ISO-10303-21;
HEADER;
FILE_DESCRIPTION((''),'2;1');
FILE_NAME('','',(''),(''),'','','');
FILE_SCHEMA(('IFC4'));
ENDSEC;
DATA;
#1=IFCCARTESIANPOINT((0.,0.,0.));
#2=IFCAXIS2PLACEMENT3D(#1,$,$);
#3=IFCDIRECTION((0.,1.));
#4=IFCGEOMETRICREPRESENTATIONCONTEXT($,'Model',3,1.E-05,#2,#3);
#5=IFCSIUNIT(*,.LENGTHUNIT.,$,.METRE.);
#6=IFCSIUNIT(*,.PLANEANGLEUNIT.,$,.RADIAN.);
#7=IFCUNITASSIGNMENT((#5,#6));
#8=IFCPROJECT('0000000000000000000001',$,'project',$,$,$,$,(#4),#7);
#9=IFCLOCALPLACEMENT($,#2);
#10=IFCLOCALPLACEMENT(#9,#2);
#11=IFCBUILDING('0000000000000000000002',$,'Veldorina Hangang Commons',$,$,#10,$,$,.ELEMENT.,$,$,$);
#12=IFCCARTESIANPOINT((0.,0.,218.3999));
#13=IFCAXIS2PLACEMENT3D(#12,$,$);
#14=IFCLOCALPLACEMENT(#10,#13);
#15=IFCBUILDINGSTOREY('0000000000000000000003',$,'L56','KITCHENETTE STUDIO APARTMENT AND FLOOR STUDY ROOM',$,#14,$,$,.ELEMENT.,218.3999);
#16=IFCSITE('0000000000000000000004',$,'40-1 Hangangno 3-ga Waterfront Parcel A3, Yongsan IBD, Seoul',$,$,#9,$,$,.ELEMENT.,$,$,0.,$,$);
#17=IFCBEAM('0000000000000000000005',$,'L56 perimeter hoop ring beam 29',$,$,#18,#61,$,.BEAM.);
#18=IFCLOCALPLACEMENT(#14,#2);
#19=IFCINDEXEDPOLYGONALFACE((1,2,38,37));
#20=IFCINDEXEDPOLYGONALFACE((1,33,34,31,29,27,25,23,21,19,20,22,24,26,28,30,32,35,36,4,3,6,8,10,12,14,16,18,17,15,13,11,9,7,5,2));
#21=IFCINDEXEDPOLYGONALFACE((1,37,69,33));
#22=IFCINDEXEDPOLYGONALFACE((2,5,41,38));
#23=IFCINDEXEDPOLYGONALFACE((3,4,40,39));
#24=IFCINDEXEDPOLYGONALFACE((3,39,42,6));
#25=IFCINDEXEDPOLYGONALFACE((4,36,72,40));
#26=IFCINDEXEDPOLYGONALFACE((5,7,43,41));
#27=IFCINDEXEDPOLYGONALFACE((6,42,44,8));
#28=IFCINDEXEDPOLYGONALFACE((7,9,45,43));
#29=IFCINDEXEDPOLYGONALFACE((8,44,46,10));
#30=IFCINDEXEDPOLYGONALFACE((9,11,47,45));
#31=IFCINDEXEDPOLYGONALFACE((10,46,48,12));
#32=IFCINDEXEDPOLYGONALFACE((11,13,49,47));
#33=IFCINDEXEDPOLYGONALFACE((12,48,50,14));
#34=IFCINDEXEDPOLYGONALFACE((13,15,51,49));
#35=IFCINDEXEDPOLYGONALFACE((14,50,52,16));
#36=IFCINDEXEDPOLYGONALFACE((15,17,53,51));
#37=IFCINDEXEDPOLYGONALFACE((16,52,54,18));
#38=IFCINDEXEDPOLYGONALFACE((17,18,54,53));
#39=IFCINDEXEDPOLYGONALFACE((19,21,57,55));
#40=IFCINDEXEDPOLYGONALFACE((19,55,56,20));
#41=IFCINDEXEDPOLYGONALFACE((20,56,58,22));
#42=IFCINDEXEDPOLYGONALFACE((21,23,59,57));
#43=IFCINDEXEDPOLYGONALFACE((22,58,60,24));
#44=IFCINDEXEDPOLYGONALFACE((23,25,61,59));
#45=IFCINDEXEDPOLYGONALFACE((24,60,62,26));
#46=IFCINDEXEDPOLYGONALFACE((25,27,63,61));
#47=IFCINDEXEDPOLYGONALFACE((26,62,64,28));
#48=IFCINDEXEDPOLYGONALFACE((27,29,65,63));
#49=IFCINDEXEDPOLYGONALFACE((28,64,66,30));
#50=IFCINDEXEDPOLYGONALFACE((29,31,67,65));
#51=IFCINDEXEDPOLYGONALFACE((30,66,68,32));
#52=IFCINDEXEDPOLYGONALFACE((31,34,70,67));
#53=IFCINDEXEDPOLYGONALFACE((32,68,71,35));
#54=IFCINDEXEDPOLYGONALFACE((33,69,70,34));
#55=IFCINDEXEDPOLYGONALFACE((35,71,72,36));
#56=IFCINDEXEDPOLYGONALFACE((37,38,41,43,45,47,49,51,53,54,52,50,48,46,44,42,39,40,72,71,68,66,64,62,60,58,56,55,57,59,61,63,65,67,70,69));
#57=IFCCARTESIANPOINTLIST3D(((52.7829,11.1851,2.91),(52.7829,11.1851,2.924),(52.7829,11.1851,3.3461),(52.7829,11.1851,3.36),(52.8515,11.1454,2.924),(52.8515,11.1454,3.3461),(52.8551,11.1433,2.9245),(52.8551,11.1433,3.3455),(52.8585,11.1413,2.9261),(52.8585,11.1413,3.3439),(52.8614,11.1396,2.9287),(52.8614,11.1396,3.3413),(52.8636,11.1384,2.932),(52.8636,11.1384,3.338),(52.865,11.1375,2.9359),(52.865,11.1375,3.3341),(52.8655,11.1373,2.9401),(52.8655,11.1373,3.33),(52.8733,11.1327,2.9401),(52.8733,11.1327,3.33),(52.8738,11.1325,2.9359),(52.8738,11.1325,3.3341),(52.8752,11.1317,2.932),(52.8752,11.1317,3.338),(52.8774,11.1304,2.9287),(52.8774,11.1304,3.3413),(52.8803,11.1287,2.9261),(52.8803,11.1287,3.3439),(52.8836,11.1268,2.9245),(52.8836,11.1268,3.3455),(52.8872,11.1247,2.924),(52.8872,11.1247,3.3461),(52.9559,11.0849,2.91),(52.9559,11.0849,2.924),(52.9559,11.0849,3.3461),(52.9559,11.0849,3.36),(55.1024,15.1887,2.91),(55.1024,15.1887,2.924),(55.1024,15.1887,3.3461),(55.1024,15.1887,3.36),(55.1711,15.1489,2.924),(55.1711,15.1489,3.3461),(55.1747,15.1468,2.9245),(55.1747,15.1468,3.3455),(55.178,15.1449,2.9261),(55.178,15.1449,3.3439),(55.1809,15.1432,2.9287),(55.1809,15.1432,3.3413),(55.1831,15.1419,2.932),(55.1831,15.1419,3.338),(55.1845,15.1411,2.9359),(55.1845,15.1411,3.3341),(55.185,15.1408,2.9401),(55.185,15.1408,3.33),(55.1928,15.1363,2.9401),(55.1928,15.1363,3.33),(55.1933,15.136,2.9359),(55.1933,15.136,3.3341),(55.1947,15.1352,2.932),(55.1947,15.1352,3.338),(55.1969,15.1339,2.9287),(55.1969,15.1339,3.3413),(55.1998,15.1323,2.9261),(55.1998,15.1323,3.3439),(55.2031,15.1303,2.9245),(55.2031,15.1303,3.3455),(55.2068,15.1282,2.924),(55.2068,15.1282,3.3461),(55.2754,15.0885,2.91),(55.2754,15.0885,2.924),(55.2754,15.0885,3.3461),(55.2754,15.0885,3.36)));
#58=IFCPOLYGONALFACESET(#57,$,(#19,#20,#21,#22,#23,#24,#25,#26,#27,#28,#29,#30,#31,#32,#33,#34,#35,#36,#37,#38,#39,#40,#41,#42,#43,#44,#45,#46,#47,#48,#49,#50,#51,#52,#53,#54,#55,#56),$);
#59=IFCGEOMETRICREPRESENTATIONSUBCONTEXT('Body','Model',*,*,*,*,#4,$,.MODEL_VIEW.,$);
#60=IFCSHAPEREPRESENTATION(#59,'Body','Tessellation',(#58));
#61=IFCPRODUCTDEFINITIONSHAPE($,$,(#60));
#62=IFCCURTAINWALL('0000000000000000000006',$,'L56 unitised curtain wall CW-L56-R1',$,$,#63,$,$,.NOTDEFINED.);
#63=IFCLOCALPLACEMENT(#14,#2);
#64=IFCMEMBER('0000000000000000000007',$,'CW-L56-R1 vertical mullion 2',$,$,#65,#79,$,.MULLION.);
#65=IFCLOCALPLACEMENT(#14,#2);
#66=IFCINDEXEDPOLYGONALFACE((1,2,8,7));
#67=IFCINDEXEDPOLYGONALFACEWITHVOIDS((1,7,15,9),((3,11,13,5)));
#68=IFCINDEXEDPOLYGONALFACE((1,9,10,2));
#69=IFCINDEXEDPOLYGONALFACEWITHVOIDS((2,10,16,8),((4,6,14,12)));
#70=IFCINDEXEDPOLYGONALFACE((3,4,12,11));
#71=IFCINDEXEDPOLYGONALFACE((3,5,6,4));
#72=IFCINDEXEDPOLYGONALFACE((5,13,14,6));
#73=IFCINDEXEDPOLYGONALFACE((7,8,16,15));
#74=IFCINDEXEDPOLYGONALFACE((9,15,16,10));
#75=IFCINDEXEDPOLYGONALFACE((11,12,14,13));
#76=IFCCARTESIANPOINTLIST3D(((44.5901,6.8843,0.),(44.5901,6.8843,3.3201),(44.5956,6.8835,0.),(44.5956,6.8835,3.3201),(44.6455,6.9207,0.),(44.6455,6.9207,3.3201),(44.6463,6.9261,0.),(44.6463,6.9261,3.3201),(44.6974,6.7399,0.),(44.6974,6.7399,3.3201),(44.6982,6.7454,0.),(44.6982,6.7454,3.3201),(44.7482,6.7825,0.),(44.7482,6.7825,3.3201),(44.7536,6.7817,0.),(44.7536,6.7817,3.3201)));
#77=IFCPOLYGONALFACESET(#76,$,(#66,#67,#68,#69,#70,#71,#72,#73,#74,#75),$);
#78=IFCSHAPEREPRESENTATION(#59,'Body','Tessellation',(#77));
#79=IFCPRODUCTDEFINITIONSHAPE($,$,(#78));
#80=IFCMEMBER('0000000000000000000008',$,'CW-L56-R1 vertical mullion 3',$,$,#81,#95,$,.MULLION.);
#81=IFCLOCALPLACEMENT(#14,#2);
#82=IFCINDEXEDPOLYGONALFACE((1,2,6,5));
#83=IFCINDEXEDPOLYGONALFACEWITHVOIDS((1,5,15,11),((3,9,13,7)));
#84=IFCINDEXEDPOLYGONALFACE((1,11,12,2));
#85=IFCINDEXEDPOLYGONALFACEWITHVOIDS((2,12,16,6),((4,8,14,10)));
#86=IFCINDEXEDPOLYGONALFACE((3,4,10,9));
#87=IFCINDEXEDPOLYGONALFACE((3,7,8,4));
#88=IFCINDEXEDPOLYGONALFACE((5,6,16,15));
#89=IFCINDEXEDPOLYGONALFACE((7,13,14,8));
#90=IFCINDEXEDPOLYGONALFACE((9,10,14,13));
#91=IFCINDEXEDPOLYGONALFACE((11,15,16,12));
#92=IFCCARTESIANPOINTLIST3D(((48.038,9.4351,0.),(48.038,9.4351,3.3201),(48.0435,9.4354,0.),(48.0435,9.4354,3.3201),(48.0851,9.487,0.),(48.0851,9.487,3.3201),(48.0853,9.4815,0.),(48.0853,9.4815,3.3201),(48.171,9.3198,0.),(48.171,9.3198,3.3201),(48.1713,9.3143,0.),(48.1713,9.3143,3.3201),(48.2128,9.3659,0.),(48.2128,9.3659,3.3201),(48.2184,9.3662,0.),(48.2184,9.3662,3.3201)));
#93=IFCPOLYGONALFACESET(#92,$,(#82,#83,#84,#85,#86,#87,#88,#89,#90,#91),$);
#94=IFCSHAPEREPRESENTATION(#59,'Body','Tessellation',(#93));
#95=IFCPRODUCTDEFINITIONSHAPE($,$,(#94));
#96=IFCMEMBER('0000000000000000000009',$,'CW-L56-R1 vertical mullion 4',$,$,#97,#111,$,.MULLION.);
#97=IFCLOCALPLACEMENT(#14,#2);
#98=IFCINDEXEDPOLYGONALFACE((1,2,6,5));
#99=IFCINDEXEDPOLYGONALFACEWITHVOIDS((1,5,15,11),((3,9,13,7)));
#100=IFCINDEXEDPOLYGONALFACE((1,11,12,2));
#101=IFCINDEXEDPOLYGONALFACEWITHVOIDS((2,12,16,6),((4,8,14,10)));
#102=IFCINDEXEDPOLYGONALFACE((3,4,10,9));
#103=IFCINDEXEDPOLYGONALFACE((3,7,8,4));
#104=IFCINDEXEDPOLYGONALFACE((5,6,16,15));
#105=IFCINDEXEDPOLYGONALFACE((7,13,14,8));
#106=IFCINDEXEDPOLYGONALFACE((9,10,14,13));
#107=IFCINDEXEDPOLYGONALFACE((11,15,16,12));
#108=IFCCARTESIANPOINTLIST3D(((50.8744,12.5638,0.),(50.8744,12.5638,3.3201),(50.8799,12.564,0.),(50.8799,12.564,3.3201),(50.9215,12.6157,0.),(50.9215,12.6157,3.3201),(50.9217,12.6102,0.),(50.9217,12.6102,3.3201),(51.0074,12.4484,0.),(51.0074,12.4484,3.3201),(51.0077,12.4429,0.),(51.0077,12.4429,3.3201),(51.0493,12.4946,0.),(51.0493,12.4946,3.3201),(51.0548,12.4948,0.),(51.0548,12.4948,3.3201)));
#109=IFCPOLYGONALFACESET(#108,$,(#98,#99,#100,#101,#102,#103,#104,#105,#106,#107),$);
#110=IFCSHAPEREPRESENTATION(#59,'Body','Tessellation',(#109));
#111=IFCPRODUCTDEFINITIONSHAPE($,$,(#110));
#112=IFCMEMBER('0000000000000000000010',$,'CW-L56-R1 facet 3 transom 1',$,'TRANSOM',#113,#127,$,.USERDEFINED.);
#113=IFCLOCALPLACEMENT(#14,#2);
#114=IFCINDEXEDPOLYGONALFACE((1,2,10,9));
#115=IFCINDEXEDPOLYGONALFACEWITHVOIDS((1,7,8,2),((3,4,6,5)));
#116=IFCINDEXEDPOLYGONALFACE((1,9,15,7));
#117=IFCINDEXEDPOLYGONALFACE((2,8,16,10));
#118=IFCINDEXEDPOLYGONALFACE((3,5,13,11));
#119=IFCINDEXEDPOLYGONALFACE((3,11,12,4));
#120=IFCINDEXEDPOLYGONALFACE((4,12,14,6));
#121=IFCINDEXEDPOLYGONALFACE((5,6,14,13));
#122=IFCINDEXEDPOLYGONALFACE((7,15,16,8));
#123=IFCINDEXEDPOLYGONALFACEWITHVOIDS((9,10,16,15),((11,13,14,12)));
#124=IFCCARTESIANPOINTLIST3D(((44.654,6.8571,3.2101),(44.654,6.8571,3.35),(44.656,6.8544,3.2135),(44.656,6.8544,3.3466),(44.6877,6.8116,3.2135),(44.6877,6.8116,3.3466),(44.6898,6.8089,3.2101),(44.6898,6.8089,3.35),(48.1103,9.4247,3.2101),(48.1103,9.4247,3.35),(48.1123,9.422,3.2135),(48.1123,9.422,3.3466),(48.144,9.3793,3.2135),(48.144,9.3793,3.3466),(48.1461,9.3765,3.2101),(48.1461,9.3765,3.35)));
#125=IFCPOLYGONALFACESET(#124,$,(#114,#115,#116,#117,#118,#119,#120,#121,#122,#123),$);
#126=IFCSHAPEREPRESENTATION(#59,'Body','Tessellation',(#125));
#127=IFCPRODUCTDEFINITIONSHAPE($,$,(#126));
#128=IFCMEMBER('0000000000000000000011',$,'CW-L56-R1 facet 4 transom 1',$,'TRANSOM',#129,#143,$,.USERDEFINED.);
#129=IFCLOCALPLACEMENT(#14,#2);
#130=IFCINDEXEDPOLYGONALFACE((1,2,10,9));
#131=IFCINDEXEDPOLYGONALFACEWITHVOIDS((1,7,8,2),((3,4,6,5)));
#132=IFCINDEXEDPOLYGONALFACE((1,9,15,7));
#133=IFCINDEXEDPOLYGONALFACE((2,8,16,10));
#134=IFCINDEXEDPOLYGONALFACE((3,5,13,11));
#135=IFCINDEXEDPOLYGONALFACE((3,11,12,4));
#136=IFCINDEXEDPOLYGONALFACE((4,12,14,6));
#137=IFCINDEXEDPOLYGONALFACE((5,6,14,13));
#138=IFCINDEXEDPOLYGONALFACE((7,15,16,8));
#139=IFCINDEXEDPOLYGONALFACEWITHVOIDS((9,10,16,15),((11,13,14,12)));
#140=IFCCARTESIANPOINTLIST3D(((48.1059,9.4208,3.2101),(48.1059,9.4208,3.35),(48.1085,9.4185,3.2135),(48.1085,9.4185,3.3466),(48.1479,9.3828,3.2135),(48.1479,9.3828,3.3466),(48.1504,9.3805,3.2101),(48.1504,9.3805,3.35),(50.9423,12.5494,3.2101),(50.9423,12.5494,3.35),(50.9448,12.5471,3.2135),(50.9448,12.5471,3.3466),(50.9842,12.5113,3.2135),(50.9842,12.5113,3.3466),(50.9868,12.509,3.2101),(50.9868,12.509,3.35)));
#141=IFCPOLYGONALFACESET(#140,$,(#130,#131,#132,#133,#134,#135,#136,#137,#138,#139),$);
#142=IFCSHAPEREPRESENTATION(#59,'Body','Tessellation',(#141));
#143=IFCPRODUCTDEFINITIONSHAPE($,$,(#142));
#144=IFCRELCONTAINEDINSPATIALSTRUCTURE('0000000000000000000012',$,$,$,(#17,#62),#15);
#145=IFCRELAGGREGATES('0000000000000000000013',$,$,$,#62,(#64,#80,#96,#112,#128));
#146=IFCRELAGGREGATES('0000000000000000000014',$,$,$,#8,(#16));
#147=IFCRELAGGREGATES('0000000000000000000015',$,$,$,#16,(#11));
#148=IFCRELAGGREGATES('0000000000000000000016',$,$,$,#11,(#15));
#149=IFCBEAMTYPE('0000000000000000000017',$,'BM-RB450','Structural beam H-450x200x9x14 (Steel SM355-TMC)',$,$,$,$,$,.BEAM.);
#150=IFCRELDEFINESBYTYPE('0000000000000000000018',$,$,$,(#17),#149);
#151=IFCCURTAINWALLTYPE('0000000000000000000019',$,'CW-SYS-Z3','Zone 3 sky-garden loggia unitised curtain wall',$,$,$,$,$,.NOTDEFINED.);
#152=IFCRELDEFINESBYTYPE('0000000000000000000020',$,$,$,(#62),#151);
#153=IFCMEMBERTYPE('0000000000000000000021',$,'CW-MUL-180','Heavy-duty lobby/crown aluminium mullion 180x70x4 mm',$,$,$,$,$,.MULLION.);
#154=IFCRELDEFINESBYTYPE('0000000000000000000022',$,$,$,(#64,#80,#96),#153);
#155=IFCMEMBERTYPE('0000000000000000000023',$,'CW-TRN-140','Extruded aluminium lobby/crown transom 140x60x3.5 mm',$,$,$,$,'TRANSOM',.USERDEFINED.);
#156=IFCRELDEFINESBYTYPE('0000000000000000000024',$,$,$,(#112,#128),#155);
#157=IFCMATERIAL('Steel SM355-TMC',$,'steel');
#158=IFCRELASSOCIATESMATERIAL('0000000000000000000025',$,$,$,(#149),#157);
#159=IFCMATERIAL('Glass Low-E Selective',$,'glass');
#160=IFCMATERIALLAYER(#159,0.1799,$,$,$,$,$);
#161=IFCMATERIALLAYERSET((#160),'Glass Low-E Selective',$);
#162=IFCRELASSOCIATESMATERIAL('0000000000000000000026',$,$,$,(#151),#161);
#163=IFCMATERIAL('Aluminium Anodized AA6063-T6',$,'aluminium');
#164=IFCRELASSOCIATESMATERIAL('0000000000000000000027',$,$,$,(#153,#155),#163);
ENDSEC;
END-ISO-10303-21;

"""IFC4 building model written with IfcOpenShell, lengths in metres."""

from ifc_helpers import new_model, si_unit, direction, frame, origin, origin_2d, place, context, subcontext, project, spatial, hollow_rectangle, i_section, extrude, material, layer, layer_set, material_profile, profile_set, type_object, element, aggregate, save


model = new_model("IFC4")

# Units and contexts
model_context = context("Model", 3, precision=1e-05, world=origin(), true_north=direction((0.0, 1.0)))
body_context = subcontext(model_context, "Body", "Model", "MODEL_VIEW")
ifc_project = project(units=[si_unit("LENGTHUNIT", "METRE"), si_unit("PLANEANGLEUNIT", "RADIAN")], contexts=[model_context])

# Site, building, storey
site_placement = place(None, origin())
site = spatial("IfcSite", under=ifc_project, at=site_placement, Name="40-1 Hangangno 3-ga Waterfront Parcel A3, Yongsan IBD, Seoul", CompositionType="ELEMENT", RefElevation=0.0)
building_placement = place(site_placement, origin())
building = spatial("IfcBuilding", under=site, at=building_placement, Name="Veldorina Hangang Commons", CompositionType="ELEMENT")
storey_placement = place(building_placement, frame((0.0, 0.0, 218.3999)))
storey = spatial("IfcBuildingStorey", under=building, at=storey_placement, Name="L56", Description="KITCHENETTE STUDIO APARTMENT AND FLOOR STUDY ROOM", CompositionType="ELEMENT", Elevation=218.3999)

# Beam
ifc_material_1 = material(Name="Steel SM355-TMC", Category="steel")
ifc_material_profile_1 = material_profile(ifc_material_1, i_section(OverallWidth=0.2, OverallDepth=0.45, WebThickness=0.009, FlangeThickness=0.0139, FilletRadius=0.0161, at=origin_2d()), Name="H-450x200x9x14")
ifc_profile_set_1 = profile_set([ifc_material_profile_1], Name="Steel SM355-TMC")
beam_type_1 = type_object("IfcBeamType", Name="BM-RB450", Description="Structural beam H-450x200x9x14 (Steel SM355-TMC)", PredefinedType="BEAM", material=ifc_profile_set_1)
beam_1_placement = place(storey_placement, frame((52.8694, 11.135, 3.135), z_axis=(0.501307, 0.86527, 0.0), x_axis=(-0.86527, 0.501307, 0.0)))
element("IfcBeam", 1, at=beam_1_placement, inside=storey, type_object=beam_type_1, Name="L56 perimeter hoop ring beam 29", PredefinedType="BEAM", context=body_context, shape_type="SweptSolid", body=[
    extrude(i_section(OverallWidth=0.2, OverallDepth=0.45, WebThickness=0.009, FlangeThickness=0.0139, FilletRadius=0.0161, at=origin_2d()), origin(), (0.0, 0.0, 1.0), 4.627),
])

# Curtain wall, members
ifc_material_2 = material(Name="Glass Low-E Selective", Category="glass")
ifc_layer_1 = layer(ifc_material_2, 0.1799)
ifc_layer_set_1 = layer_set([ifc_layer_1], Name="Glass Low-E Selective")
curtain_wall_type = type_object("IfcCurtainWallType", Name="CW-SYS-Z3", Description="Zone 3 sky-garden loggia unitised curtain wall", PredefinedType="NOTDEFINED", material=ifc_layer_set_1)
curtain_wall_placement = place(storey_placement, origin())
curtain_wall = element("IfcCurtainWall", 2, at=curtain_wall_placement, inside=storey, type_object=curtain_wall_type, Name="L56 unitised curtain wall CW-L56-R1", PredefinedType="NOTDEFINED")
ifc_material_3 = material(Name="Aluminium Anodized AA6063-T6", Category="aluminium")
ifc_material_profile_2 = material_profile(ifc_material_3, hollow_rectangle(XDim=0.0701, YDim=0.1799, WallThickness=0.0039, at=origin_2d()), Name="ALU-RHS-180x70x4")
ifc_profile_set_2 = profile_set([ifc_material_profile_2], Name="Aluminium Anodized AA6063-T6")
member_type_1 = type_object("IfcMemberType", Name="CW-MUL-180", Description="Heavy-duty lobby/crown aluminium mullion 180x70x4 mm", PredefinedType="MULLION", material=ifc_profile_set_2)
member_1_placement = place(storey_placement, frame((44.6719, 6.833, 0.0), z_axis=(0.0, 0.0, 1.0), x_axis=(0.802734, 0.596337, 0.0)))
member_1 = element("IfcMember", 3, at=member_1_placement, type_object=member_type_1, Name="CW-L56-R1 vertical mullion 2", PredefinedType="MULLION", context=body_context, shape_type="SweptSolid", body=[
    extrude(hollow_rectangle(XDim=0.0701, YDim=0.1799, WallThickness=0.0039, at=origin_2d()), origin(), (0.0, 0.0, 1.0), 3.3201),
])
member_2_placement = place(storey_placement, frame((48.1282, 9.4006, 0.0), z_axis=(0.0, 0.0, 1.0), x_axis=(0.671669, 0.740851, 0.0)))
member_2 = element("IfcMember", 4, at=member_2_placement, type_object=member_type_1, Name="CW-L56-R1 vertical mullion 3", PredefinedType="MULLION", context=body_context, shape_type="SweptSolid", body=[
    extrude(hollow_rectangle(XDim=0.0701, YDim=0.1799, WallThickness=0.0039, at=origin_2d()), origin(), (0.0, 0.0, 1.0), 3.3201),
])
member_3_placement = place(storey_placement, frame((50.9646, 12.5293, 0.0), z_axis=(0.0, 0.0, 1.0), x_axis=(-0.671669, -0.740851, 0.0)))
member_3 = element("IfcMember", 5, at=member_3_placement, type_object=member_type_1, Name="CW-L56-R1 vertical mullion 4", PredefinedType="MULLION", context=body_context, shape_type="SweptSolid", body=[
    extrude(hollow_rectangle(XDim=0.0701, YDim=0.1799, WallThickness=0.0039, at=origin_2d()), origin(), (0.0, 0.0, 1.0), 3.3201),
])
ifc_material_profile_3 = material_profile(ifc_material_3, hollow_rectangle(XDim=0.0601, YDim=0.1399, WallThickness=0.0034, at=origin_2d()), Name="ALU-RHS-140x60x3.5")
ifc_profile_set_3 = profile_set([ifc_material_profile_3], Name="Aluminium Anodized AA6063-T6")
member_type_2 = type_object("IfcMemberType", Name="CW-TRN-140", Description="Extruded aluminium lobby/crown transom 140x60x3.5 mm", ElementType="TRANSOM", PredefinedType="USERDEFINED", material=ifc_profile_set_3)
member_4_placement = place(storey_placement, frame((44.6719, 6.833, 3.28), z_axis=(0.802734, 0.596338, 0.0), x_axis=(-0.596338, 0.802734, 0.0)))
member_4 = element("IfcMember", 6, at=member_4_placement, type_object=member_type_2, Name="CW-L56-R1 facet 3 transom 1", ObjectType="TRANSOM", PredefinedType="USERDEFINED", context=body_context, shape_type="SweptSolid", body=[
    extrude(hollow_rectangle(XDim=0.0601, YDim=0.1399, WallThickness=0.0034, at=origin_2d()), origin(), (0.0, 0.0, 1.0), 4.3057),
])
member_5_placement = place(storey_placement, frame((48.1282, 9.4006, 3.28), z_axis=(0.671659, 0.74086, 0.0), x_axis=(-0.74086, 0.671659, 0.0)))
member_5 = element("IfcMember", 7, at=member_5_placement, type_object=member_type_2, Name="CW-L56-R1 facet 4 transom 1", ObjectType="TRANSOM", PredefinedType="USERDEFINED", context=body_context, shape_type="SweptSolid", body=[
    extrude(hollow_rectangle(XDim=0.0601, YDim=0.1399, WallThickness=0.0034, at=origin_2d()), origin(), (0.0, 0.0, 1.0), 4.2229),
])

aggregate(curtain_wall, [member_1, member_2, member_3, member_4, member_5])

save(model, "model.ifc")
